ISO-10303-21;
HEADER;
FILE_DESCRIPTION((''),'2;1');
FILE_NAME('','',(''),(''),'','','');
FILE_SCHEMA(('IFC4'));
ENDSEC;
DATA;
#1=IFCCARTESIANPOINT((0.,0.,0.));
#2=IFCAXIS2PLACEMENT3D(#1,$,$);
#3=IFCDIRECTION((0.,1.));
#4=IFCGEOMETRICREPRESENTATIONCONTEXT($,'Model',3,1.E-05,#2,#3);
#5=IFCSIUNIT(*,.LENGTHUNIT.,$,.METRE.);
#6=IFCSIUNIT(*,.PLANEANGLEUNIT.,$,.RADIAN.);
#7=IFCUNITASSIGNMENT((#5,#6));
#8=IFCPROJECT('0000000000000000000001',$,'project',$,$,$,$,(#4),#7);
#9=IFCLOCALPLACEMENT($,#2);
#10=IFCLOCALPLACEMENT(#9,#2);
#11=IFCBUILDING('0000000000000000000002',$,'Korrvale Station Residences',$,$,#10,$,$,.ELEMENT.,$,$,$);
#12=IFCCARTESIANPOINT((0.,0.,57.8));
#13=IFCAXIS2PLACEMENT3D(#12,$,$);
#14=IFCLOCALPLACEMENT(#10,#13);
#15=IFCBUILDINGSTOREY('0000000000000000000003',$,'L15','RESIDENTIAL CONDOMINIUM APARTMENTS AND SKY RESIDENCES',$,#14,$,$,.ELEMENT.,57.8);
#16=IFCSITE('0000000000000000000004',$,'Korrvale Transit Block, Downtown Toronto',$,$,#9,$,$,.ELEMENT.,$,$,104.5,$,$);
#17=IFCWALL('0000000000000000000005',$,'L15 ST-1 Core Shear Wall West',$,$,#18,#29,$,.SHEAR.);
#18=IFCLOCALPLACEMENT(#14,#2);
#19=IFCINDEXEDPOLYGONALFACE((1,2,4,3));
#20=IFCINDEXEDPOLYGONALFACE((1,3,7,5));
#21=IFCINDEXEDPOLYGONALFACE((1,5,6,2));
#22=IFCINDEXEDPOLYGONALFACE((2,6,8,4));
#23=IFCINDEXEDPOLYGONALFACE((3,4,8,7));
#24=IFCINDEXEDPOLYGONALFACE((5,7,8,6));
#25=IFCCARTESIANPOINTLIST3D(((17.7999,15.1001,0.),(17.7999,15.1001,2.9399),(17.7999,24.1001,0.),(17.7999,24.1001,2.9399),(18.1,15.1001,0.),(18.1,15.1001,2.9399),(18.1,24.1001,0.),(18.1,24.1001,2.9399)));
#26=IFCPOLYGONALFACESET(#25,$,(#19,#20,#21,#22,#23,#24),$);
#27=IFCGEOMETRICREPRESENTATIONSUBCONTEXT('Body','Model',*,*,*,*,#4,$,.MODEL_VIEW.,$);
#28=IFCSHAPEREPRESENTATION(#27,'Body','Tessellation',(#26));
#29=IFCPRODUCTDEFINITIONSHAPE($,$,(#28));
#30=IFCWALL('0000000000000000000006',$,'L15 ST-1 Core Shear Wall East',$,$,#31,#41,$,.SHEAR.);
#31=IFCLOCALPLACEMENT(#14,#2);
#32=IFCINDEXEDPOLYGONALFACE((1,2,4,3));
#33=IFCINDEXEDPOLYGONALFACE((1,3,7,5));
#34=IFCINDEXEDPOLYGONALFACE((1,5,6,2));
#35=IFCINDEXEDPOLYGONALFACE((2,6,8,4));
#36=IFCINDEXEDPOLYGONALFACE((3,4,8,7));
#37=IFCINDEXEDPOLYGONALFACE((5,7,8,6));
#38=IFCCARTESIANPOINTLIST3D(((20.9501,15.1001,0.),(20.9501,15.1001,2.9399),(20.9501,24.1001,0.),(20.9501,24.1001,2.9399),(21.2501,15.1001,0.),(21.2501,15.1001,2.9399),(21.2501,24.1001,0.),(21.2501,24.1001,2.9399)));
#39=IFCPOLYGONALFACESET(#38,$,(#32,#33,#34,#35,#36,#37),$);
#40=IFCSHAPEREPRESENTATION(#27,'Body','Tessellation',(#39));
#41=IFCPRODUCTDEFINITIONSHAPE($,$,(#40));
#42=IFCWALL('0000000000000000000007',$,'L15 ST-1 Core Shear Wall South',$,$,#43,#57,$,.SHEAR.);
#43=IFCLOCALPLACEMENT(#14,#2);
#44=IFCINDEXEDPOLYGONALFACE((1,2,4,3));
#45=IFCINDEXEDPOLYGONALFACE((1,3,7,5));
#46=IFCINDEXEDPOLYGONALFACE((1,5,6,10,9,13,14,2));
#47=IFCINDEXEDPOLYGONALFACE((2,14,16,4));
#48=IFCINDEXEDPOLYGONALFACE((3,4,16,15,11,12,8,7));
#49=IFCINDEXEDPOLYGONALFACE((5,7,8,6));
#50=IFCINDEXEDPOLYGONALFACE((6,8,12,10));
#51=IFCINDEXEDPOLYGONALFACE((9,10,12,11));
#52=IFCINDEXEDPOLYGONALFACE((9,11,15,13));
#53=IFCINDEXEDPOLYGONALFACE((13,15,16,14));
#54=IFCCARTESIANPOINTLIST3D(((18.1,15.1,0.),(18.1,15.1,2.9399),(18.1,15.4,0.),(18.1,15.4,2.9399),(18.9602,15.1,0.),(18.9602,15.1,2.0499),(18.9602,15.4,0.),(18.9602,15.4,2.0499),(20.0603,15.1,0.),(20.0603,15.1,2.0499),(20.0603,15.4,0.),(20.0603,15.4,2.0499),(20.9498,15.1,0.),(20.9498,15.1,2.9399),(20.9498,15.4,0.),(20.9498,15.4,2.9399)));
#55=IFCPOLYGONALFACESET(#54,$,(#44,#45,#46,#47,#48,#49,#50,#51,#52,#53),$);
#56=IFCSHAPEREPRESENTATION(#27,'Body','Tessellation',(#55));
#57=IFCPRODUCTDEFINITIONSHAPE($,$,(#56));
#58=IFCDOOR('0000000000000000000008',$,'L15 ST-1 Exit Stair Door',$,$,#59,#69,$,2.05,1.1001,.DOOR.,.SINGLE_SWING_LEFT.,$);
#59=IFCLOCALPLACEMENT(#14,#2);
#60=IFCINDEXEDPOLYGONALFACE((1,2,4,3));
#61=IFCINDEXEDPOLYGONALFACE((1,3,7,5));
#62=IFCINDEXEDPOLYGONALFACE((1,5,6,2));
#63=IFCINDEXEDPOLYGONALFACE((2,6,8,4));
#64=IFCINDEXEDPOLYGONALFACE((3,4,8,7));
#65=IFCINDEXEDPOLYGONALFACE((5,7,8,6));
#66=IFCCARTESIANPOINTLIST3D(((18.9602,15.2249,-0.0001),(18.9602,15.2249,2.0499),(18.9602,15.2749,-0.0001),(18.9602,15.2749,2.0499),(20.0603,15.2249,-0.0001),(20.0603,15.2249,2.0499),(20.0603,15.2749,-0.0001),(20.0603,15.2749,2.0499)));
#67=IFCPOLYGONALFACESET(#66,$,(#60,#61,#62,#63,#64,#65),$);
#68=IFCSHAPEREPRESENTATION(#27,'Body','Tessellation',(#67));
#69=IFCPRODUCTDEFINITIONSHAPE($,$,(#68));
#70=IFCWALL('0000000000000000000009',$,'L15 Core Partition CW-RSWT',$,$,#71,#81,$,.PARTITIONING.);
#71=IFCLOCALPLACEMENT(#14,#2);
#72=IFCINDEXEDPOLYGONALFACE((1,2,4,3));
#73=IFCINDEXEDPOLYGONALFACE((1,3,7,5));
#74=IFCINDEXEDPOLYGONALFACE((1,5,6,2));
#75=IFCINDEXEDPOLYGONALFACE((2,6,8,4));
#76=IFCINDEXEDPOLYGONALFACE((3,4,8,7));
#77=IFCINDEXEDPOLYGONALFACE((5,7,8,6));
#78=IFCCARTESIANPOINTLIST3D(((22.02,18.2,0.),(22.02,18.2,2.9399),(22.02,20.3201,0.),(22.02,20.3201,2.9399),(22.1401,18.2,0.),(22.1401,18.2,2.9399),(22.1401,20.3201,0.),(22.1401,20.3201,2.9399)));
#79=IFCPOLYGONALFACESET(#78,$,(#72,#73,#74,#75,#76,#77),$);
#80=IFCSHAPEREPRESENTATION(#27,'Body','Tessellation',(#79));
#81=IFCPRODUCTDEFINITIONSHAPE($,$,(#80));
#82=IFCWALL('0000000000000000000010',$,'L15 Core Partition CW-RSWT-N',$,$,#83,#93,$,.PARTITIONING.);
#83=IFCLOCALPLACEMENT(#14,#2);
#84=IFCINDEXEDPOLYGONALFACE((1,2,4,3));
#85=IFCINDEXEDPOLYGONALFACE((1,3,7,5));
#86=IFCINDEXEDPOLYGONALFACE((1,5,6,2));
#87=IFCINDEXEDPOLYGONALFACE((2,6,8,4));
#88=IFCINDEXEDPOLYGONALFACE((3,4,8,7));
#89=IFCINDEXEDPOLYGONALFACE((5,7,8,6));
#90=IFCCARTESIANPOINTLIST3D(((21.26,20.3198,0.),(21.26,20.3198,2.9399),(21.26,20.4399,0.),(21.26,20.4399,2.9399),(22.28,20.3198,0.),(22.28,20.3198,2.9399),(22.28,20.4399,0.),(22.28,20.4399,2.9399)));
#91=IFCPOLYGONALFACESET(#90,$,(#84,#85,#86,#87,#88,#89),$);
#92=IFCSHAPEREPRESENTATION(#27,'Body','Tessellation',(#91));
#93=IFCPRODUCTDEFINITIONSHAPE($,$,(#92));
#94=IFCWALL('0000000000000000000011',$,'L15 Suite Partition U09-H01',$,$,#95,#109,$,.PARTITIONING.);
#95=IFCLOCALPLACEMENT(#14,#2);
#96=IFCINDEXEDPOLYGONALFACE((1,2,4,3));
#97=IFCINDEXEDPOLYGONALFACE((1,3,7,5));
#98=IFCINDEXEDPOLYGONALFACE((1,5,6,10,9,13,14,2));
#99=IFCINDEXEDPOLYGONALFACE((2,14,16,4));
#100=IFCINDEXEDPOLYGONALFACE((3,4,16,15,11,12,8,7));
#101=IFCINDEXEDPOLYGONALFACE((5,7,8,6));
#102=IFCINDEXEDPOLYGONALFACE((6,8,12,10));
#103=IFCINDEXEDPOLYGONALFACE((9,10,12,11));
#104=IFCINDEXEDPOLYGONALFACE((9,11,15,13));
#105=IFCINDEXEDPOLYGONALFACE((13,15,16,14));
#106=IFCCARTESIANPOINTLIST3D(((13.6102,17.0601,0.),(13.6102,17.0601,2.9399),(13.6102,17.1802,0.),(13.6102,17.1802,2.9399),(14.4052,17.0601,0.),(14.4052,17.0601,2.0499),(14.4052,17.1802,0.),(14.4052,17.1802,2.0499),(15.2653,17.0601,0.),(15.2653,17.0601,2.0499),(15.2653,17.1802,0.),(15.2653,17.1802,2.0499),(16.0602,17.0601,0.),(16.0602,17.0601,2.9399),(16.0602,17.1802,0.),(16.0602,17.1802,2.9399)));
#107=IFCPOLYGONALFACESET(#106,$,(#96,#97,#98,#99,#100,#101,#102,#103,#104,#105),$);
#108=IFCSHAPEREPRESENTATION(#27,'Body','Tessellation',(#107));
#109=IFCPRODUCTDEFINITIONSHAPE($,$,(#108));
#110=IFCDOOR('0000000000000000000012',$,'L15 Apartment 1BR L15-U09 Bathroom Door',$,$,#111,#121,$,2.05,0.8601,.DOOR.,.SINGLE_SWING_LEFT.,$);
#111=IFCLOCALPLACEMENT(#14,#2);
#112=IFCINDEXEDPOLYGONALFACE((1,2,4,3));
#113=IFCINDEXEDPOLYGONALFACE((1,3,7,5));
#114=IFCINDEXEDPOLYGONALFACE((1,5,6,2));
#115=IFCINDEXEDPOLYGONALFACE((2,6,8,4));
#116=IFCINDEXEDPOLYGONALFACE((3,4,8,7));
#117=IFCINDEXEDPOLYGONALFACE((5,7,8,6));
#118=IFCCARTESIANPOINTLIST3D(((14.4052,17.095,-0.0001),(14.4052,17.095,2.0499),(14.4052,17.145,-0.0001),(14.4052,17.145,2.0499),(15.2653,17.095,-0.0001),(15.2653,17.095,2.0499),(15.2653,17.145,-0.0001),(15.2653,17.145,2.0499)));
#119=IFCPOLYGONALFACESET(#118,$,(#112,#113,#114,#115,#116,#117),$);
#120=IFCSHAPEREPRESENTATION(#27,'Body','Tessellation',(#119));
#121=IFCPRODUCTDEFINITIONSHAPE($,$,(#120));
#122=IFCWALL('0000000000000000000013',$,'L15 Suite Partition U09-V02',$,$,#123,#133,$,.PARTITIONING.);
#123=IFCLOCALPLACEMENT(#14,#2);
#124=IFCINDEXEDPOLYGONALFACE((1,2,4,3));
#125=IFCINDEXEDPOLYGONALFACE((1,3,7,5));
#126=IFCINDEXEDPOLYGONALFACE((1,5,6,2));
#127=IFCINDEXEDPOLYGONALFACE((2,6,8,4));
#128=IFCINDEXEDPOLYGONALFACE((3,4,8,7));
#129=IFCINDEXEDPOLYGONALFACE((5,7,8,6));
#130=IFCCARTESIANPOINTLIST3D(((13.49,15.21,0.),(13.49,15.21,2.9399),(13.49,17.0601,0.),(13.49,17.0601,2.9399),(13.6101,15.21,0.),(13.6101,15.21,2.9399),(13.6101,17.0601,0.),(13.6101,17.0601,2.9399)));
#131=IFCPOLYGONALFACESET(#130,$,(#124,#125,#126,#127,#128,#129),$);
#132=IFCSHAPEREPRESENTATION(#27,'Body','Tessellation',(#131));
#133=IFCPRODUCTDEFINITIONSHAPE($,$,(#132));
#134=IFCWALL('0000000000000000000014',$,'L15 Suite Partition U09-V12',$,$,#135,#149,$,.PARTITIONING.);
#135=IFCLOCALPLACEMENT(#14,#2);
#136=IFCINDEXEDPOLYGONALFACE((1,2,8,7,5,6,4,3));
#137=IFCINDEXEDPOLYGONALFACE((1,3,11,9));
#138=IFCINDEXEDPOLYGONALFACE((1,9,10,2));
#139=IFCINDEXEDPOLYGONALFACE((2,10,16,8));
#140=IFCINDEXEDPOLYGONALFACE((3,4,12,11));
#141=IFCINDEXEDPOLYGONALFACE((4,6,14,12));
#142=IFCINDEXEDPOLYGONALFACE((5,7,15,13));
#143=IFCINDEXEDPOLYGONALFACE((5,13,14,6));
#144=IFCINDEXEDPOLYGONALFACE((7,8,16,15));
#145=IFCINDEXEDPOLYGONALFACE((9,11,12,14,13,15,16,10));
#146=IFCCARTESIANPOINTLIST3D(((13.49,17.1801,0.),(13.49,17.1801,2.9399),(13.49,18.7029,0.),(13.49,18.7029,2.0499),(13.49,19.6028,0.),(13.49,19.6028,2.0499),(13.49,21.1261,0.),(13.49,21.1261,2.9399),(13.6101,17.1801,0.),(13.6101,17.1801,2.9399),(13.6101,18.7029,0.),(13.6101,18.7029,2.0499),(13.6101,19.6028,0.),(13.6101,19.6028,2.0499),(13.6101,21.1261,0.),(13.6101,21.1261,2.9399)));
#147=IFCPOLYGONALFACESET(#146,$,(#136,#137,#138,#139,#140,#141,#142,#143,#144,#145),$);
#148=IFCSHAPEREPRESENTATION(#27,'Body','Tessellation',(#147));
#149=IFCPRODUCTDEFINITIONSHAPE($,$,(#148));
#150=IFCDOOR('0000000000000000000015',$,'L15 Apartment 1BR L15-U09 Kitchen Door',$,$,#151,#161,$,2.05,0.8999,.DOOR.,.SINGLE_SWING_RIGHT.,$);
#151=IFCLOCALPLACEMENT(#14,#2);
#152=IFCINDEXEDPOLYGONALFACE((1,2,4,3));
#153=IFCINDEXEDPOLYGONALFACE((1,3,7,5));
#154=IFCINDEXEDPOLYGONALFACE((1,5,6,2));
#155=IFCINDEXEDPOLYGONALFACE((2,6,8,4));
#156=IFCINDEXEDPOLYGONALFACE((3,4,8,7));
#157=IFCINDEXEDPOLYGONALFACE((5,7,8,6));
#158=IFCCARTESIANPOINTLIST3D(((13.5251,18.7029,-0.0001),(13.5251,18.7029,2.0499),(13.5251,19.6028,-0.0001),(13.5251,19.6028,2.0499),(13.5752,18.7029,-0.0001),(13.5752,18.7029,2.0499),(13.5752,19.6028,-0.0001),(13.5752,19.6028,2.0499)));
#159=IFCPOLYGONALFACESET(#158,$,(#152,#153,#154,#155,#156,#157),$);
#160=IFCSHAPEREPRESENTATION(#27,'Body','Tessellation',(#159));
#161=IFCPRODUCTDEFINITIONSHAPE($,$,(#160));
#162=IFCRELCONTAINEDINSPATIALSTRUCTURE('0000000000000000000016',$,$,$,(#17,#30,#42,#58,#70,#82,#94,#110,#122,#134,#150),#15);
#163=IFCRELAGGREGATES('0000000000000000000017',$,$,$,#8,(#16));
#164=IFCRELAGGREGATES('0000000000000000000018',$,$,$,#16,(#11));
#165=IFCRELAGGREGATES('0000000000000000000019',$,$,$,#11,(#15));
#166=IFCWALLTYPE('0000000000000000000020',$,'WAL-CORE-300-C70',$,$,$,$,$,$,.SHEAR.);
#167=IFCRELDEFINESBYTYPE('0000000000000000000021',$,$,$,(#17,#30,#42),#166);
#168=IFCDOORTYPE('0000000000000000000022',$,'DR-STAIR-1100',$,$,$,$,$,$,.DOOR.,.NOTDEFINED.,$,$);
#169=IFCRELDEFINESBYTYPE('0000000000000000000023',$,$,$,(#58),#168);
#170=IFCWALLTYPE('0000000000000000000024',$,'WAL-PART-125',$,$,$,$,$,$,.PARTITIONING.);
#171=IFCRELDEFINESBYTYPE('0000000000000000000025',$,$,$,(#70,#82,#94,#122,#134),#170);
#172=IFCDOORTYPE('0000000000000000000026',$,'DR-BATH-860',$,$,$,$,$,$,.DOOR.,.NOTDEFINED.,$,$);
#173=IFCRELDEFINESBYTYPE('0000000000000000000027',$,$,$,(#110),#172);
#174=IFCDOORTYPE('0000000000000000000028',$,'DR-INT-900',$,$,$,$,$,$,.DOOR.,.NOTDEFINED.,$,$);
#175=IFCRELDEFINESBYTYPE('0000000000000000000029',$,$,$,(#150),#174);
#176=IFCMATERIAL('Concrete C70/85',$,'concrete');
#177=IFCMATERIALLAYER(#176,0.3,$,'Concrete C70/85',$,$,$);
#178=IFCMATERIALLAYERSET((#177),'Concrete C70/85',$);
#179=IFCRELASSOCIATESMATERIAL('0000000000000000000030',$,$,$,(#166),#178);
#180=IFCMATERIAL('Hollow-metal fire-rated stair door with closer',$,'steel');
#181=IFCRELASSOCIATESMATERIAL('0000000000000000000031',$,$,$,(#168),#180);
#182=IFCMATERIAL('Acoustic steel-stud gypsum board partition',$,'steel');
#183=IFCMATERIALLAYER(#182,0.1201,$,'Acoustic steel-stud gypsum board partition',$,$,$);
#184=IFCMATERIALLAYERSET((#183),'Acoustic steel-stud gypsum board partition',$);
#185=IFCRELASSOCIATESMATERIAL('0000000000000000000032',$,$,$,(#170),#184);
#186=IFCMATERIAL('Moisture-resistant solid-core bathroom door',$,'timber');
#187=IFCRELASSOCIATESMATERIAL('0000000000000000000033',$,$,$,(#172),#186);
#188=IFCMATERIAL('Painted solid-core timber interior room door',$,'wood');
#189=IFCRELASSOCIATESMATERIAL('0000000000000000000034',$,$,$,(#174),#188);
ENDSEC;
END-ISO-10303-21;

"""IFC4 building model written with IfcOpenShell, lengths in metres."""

from ifc_helpers import new_model, si_unit, direction, frame, frame_2d, origin, place, context, subcontext, project, spatial, rectangle, extrude, material, layer, layer_set, type_object, element, fill, save


model = new_model("IFC4")

# Units and contexts
model_context = context("Model", 3, precision=1e-05, world=origin(), true_north=direction((0.0, 1.0)))
body_context = subcontext(model_context, "Body", "Model", "MODEL_VIEW")
ifc_project = project(units=[si_unit("LENGTHUNIT", "METRE"), si_unit("PLANEANGLEUNIT", "RADIAN")], contexts=[model_context])

# Site, building, storey
site_placement = place(None, origin())
site = spatial("IfcSite", under=ifc_project, at=site_placement, Name="Korrvale Transit Block, Downtown Toronto", CompositionType="ELEMENT", RefElevation=104.5)
building_placement = place(site_placement, origin())
building = spatial("IfcBuilding", under=site, at=building_placement, Name="Korrvale Station Residences", CompositionType="ELEMENT")
storey_placement = place(building_placement, frame((0.0, 0.0, 57.8)))
storey = spatial("IfcBuildingStorey", under=building, at=storey_placement, Name="L15", Description="RESIDENTIAL CONDOMINIUM APARTMENTS AND SKY RESIDENCES", CompositionType="ELEMENT", Elevation=57.8)

# Walls
ifc_material_1 = material(Name="Concrete C70/85", Category="concrete")
ifc_layer_1 = layer(ifc_material_1, 0.3, Name="Concrete C70/85")
ifc_layer_set_1 = layer_set([ifc_layer_1], Name="Concrete C70/85")
wall_type_1 = type_object("IfcWallType", Name="WAL-CORE-300-C70", PredefinedType="SHEAR", material=ifc_layer_set_1)
for number, where, z_axis, x_axis, name in (
    (1, (17.95, 15.1001, 0.0), (0.0, 0.0, 1.0), (0.0, 1.0, 0.0), "L15 ST-1 Core Shear Wall West"),
    (2, (21.1001, 15.1001, 0.0), (0.0, 0.0, 1.0), (0.0, 1.0, 0.0), "L15 ST-1 Core Shear Wall East"),
):
    element("IfcWall", number, at=place(storey_placement, frame(where, z_axis=z_axis, x_axis=x_axis)), inside=storey, type_object=wall_type_1, Name=name, PredefinedType="SHEAR", context=body_context, shape_type="SweptSolid", body=[
        extrude(rectangle(XDim=9.0, YDim=0.3, at=frame_2d((4.5, 0.0))), origin(), (0.0, 0.0, 1.0), 2.9399),
    ])

# Wall, opening, door
wall_1_placement = place(storey_placement, frame((18.1001, 15.25, 0.0), z_axis=(0.0, 0.0, 1.0), x_axis=(1.0, 0.0, 0.0)))
wall_1 = element("IfcWall", 3, at=wall_1_placement, inside=storey, type_object=wall_type_1, Name="L15 ST-1 Core Shear Wall South", PredefinedType="SHEAR", context=body_context, shape_type="SweptSolid", body=[
    extrude(rectangle(XDim=2.8499, YDim=0.3, at=frame_2d((1.4248, 0.0))), origin(), (0.0, 0.0, 1.0), 2.9399),
])
opening_1_placement = place(wall_1_placement, frame((0.8601, 0.0, 0.0)))
opening_1 = element("IfcOpeningElement", 4, at=opening_1_placement, cuts=wall_1, PredefinedType="OPENING", context=body_context, shape_type="SweptSolid", body=[
    extrude(rectangle(XDim=1.1001, YDim=2.05, at=frame_2d((0.55, 1.0249))), frame((0.0, 0.1602, 0.0), z_axis=(0.0, -1.0, 0.0), x_axis=(1.0, 0.0, 0.0)), (0.0, 0.0, 1.0), 0.3201),
])
ifc_material_2 = material(Name="Hollow-metal fire-rated stair door with closer", Category="steel")
door_type_1 = type_object("IfcDoorType", Name="DR-STAIR-1100", OperationType="NOTDEFINED", PredefinedType="DOOR", material=ifc_material_2)
door_1_placement = place(opening_1_placement, origin())
door_1 = element("IfcDoor", 5, at=door_1_placement, inside=storey, type_object=door_type_1, Name="L15 ST-1 Exit Stair Door", OperationType="SINGLE_SWING_LEFT", OverallHeight=2.05, OverallWidth=1.1001, PredefinedType="DOOR", context=body_context, shape_type="SweptSolid", body=[
    extrude(rectangle(XDim=1.1001, YDim=2.05, at=frame_2d((0.55, 1.0249))), frame((0.0, 0.0249, 0.0), z_axis=(0.0, -1.0, 0.0), x_axis=(1.0, 0.0, 0.0)), (0.0, 0.0, 1.0), 0.05),
])
fill(opening_1, door_1)

# Walls
ifc_material_3 = material(Name="Acoustic steel-stud gypsum board partition", Category="steel")
ifc_layer_2 = layer(ifc_material_3, 0.1201, Name="Acoustic steel-stud gypsum board partition")
ifc_layer_set_2 = layer_set([ifc_layer_2], Name="Acoustic steel-stud gypsum board partition")
wall_type_2 = type_object("IfcWallType", Name="WAL-PART-125", PredefinedType="PARTITIONING", material=ifc_layer_set_2)
wall_2_placement = place(storey_placement, frame((22.0801, 18.2, 0.0), z_axis=(0.0, 0.0, 1.0), x_axis=(0.0, 1.0, 0.0)))
element("IfcWall", 6, at=wall_2_placement, inside=storey, type_object=wall_type_2, Name="L15 Core Partition CW-RSWT", PredefinedType="PARTITIONING", context=body_context, shape_type="SweptSolid", body=[
    extrude(rectangle(XDim=2.1201, YDim=0.1201, at=frame_2d((1.0601, 0.0))), origin(), (0.0, 0.0, 1.0), 2.9399),
])
wall_3_placement = place(storey_placement, frame((22.28, 20.3799, 0.0), z_axis=(0.0, 0.0, 1.0), x_axis=(-1.0, 0.0, 0.0)))
element("IfcWall", 7, at=wall_3_placement, inside=storey, type_object=wall_type_2, Name="L15 Core Partition CW-RSWT-N", PredefinedType="PARTITIONING", context=body_context, shape_type="SweptSolid", body=[
    extrude(rectangle(XDim=1.02, YDim=0.1201, at=frame_2d((0.51, 0.0))), origin(), (0.0, 0.0, 1.0), 2.9399),
])

# Wall, opening, door
wall_4_placement = place(storey_placement, frame((13.6101, 17.1201, 0.0), z_axis=(0.0, 0.0, 1.0), x_axis=(1.0, 0.0, 0.0)))
wall_4 = element("IfcWall", 8, at=wall_4_placement, inside=storey, type_object=wall_type_2, Name="L15 Suite Partition U09-H01", PredefinedType="PARTITIONING", context=body_context, shape_type="SweptSolid", body=[
    extrude(rectangle(XDim=2.45, YDim=0.1201, at=frame_2d((1.2251, 0.0))), origin(), (0.0, 0.0, 1.0), 2.9399),
])
opening_2_placement = place(wall_4_placement, frame((0.7949, 0.0, 0.0)))
opening_2 = element("IfcOpeningElement", 9, at=opening_2_placement, cuts=wall_4, PredefinedType="OPENING", context=body_context, shape_type="SweptSolid", body=[
    extrude(rectangle(XDim=0.8601, YDim=2.05, at=frame_2d((0.4302, 1.0249))), frame((0.0, 0.0701, 0.0), z_axis=(0.0, -1.0, 0.0), x_axis=(1.0, 0.0, 0.0)), (0.0, 0.0, 1.0), 0.1401),
])
ifc_material_4 = material(Name="Moisture-resistant solid-core bathroom door", Category="timber")
door_type_2 = type_object("IfcDoorType", Name="DR-BATH-860", OperationType="NOTDEFINED", PredefinedType="DOOR", material=ifc_material_4)
door_2_placement = place(opening_2_placement, origin())
door_2 = element("IfcDoor", 10, at=door_2_placement, inside=storey, type_object=door_type_2, Name="L15 Apartment 1BR L15-U09 Bathroom Door", OperationType="SINGLE_SWING_LEFT", OverallHeight=2.05, OverallWidth=0.8601, PredefinedType="DOOR", context=body_context, shape_type="SweptSolid", body=[
    extrude(rectangle(XDim=0.8601, YDim=2.05, at=frame_2d((0.4302, 1.0249))), frame((0.0, 0.0249, 0.0), z_axis=(0.0, -1.0, 0.0), x_axis=(1.0, 0.0, 0.0)), (0.0, 0.0, 1.0), 0.05),
])
fill(opening_2, door_2)

# Wall
wall_5_placement = place(storey_placement, frame((13.55, 15.21, 0.0), z_axis=(0.0, 0.0, 1.0), x_axis=(0.0, 1.0, 0.0)))
element("IfcWall", 11, at=wall_5_placement, inside=storey, type_object=wall_type_2, Name="L15 Suite Partition U09-V02", PredefinedType="PARTITIONING", context=body_context, shape_type="SweptSolid", body=[
    extrude(rectangle(XDim=1.8501, YDim=0.1201, at=frame_2d((0.925, 0.0))), origin(), (0.0, 0.0, 1.0), 2.9399),
])

# Wall, opening, door
wall_6_placement = place(storey_placement, frame((13.55, 17.1799, 0.0), z_axis=(0.0, 0.0, 1.0), x_axis=(0.0, 1.0, 0.0)))
wall_6 = element("IfcWall", 12, at=wall_6_placement, inside=storey, type_object=wall_type_2, Name="L15 Suite Partition U09-V12", PredefinedType="PARTITIONING", context=body_context, shape_type="SweptSolid", body=[
    extrude(rectangle(XDim=3.946, YDim=0.1201, at=frame_2d((1.9731, 0.0))), origin(), (0.0, 0.0, 1.0), 2.9399),
])
opening_3_placement = place(wall_6_placement, frame((1.5229, 0.0, 0.0)))
opening_3 = element("IfcOpeningElement", 13, at=opening_3_placement, cuts=wall_6, PredefinedType="OPENING", context=body_context, shape_type="SweptSolid", body=[
    extrude(rectangle(XDim=0.8999, YDim=2.05, at=frame_2d((0.45, 1.0249))), frame((0.0, 0.0701, 0.0), z_axis=(0.0, -1.0, 0.0), x_axis=(1.0, 0.0, 0.0)), (0.0, 0.0, 1.0), 0.1401),
])
ifc_material_5 = material(Name="Painted solid-core timber interior room door", Category="wood")
door_type_3 = type_object("IfcDoorType", Name="DR-INT-900", OperationType="NOTDEFINED", PredefinedType="DOOR", material=ifc_material_5)
door_3_placement = place(opening_3_placement, origin())
door_3 = element("IfcDoor", 14, at=door_3_placement, inside=storey, type_object=door_type_3, Name="L15 Apartment 1BR L15-U09 Kitchen Door", OperationType="SINGLE_SWING_RIGHT", OverallHeight=2.05, OverallWidth=0.8999, PredefinedType="DOOR", context=body_context, shape_type="SweptSolid", body=[
    extrude(rectangle(XDim=0.8999, YDim=2.05, at=frame_2d((0.45, 1.0249))), frame((0.0, 0.0249, 0.0), z_axis=(0.0, -1.0, 0.0), x_axis=(1.0, 0.0, 0.0)), (0.0, 0.0, 1.0), 0.05),
])
fill(opening_3, door_3)

save(model, "model.ifc")
